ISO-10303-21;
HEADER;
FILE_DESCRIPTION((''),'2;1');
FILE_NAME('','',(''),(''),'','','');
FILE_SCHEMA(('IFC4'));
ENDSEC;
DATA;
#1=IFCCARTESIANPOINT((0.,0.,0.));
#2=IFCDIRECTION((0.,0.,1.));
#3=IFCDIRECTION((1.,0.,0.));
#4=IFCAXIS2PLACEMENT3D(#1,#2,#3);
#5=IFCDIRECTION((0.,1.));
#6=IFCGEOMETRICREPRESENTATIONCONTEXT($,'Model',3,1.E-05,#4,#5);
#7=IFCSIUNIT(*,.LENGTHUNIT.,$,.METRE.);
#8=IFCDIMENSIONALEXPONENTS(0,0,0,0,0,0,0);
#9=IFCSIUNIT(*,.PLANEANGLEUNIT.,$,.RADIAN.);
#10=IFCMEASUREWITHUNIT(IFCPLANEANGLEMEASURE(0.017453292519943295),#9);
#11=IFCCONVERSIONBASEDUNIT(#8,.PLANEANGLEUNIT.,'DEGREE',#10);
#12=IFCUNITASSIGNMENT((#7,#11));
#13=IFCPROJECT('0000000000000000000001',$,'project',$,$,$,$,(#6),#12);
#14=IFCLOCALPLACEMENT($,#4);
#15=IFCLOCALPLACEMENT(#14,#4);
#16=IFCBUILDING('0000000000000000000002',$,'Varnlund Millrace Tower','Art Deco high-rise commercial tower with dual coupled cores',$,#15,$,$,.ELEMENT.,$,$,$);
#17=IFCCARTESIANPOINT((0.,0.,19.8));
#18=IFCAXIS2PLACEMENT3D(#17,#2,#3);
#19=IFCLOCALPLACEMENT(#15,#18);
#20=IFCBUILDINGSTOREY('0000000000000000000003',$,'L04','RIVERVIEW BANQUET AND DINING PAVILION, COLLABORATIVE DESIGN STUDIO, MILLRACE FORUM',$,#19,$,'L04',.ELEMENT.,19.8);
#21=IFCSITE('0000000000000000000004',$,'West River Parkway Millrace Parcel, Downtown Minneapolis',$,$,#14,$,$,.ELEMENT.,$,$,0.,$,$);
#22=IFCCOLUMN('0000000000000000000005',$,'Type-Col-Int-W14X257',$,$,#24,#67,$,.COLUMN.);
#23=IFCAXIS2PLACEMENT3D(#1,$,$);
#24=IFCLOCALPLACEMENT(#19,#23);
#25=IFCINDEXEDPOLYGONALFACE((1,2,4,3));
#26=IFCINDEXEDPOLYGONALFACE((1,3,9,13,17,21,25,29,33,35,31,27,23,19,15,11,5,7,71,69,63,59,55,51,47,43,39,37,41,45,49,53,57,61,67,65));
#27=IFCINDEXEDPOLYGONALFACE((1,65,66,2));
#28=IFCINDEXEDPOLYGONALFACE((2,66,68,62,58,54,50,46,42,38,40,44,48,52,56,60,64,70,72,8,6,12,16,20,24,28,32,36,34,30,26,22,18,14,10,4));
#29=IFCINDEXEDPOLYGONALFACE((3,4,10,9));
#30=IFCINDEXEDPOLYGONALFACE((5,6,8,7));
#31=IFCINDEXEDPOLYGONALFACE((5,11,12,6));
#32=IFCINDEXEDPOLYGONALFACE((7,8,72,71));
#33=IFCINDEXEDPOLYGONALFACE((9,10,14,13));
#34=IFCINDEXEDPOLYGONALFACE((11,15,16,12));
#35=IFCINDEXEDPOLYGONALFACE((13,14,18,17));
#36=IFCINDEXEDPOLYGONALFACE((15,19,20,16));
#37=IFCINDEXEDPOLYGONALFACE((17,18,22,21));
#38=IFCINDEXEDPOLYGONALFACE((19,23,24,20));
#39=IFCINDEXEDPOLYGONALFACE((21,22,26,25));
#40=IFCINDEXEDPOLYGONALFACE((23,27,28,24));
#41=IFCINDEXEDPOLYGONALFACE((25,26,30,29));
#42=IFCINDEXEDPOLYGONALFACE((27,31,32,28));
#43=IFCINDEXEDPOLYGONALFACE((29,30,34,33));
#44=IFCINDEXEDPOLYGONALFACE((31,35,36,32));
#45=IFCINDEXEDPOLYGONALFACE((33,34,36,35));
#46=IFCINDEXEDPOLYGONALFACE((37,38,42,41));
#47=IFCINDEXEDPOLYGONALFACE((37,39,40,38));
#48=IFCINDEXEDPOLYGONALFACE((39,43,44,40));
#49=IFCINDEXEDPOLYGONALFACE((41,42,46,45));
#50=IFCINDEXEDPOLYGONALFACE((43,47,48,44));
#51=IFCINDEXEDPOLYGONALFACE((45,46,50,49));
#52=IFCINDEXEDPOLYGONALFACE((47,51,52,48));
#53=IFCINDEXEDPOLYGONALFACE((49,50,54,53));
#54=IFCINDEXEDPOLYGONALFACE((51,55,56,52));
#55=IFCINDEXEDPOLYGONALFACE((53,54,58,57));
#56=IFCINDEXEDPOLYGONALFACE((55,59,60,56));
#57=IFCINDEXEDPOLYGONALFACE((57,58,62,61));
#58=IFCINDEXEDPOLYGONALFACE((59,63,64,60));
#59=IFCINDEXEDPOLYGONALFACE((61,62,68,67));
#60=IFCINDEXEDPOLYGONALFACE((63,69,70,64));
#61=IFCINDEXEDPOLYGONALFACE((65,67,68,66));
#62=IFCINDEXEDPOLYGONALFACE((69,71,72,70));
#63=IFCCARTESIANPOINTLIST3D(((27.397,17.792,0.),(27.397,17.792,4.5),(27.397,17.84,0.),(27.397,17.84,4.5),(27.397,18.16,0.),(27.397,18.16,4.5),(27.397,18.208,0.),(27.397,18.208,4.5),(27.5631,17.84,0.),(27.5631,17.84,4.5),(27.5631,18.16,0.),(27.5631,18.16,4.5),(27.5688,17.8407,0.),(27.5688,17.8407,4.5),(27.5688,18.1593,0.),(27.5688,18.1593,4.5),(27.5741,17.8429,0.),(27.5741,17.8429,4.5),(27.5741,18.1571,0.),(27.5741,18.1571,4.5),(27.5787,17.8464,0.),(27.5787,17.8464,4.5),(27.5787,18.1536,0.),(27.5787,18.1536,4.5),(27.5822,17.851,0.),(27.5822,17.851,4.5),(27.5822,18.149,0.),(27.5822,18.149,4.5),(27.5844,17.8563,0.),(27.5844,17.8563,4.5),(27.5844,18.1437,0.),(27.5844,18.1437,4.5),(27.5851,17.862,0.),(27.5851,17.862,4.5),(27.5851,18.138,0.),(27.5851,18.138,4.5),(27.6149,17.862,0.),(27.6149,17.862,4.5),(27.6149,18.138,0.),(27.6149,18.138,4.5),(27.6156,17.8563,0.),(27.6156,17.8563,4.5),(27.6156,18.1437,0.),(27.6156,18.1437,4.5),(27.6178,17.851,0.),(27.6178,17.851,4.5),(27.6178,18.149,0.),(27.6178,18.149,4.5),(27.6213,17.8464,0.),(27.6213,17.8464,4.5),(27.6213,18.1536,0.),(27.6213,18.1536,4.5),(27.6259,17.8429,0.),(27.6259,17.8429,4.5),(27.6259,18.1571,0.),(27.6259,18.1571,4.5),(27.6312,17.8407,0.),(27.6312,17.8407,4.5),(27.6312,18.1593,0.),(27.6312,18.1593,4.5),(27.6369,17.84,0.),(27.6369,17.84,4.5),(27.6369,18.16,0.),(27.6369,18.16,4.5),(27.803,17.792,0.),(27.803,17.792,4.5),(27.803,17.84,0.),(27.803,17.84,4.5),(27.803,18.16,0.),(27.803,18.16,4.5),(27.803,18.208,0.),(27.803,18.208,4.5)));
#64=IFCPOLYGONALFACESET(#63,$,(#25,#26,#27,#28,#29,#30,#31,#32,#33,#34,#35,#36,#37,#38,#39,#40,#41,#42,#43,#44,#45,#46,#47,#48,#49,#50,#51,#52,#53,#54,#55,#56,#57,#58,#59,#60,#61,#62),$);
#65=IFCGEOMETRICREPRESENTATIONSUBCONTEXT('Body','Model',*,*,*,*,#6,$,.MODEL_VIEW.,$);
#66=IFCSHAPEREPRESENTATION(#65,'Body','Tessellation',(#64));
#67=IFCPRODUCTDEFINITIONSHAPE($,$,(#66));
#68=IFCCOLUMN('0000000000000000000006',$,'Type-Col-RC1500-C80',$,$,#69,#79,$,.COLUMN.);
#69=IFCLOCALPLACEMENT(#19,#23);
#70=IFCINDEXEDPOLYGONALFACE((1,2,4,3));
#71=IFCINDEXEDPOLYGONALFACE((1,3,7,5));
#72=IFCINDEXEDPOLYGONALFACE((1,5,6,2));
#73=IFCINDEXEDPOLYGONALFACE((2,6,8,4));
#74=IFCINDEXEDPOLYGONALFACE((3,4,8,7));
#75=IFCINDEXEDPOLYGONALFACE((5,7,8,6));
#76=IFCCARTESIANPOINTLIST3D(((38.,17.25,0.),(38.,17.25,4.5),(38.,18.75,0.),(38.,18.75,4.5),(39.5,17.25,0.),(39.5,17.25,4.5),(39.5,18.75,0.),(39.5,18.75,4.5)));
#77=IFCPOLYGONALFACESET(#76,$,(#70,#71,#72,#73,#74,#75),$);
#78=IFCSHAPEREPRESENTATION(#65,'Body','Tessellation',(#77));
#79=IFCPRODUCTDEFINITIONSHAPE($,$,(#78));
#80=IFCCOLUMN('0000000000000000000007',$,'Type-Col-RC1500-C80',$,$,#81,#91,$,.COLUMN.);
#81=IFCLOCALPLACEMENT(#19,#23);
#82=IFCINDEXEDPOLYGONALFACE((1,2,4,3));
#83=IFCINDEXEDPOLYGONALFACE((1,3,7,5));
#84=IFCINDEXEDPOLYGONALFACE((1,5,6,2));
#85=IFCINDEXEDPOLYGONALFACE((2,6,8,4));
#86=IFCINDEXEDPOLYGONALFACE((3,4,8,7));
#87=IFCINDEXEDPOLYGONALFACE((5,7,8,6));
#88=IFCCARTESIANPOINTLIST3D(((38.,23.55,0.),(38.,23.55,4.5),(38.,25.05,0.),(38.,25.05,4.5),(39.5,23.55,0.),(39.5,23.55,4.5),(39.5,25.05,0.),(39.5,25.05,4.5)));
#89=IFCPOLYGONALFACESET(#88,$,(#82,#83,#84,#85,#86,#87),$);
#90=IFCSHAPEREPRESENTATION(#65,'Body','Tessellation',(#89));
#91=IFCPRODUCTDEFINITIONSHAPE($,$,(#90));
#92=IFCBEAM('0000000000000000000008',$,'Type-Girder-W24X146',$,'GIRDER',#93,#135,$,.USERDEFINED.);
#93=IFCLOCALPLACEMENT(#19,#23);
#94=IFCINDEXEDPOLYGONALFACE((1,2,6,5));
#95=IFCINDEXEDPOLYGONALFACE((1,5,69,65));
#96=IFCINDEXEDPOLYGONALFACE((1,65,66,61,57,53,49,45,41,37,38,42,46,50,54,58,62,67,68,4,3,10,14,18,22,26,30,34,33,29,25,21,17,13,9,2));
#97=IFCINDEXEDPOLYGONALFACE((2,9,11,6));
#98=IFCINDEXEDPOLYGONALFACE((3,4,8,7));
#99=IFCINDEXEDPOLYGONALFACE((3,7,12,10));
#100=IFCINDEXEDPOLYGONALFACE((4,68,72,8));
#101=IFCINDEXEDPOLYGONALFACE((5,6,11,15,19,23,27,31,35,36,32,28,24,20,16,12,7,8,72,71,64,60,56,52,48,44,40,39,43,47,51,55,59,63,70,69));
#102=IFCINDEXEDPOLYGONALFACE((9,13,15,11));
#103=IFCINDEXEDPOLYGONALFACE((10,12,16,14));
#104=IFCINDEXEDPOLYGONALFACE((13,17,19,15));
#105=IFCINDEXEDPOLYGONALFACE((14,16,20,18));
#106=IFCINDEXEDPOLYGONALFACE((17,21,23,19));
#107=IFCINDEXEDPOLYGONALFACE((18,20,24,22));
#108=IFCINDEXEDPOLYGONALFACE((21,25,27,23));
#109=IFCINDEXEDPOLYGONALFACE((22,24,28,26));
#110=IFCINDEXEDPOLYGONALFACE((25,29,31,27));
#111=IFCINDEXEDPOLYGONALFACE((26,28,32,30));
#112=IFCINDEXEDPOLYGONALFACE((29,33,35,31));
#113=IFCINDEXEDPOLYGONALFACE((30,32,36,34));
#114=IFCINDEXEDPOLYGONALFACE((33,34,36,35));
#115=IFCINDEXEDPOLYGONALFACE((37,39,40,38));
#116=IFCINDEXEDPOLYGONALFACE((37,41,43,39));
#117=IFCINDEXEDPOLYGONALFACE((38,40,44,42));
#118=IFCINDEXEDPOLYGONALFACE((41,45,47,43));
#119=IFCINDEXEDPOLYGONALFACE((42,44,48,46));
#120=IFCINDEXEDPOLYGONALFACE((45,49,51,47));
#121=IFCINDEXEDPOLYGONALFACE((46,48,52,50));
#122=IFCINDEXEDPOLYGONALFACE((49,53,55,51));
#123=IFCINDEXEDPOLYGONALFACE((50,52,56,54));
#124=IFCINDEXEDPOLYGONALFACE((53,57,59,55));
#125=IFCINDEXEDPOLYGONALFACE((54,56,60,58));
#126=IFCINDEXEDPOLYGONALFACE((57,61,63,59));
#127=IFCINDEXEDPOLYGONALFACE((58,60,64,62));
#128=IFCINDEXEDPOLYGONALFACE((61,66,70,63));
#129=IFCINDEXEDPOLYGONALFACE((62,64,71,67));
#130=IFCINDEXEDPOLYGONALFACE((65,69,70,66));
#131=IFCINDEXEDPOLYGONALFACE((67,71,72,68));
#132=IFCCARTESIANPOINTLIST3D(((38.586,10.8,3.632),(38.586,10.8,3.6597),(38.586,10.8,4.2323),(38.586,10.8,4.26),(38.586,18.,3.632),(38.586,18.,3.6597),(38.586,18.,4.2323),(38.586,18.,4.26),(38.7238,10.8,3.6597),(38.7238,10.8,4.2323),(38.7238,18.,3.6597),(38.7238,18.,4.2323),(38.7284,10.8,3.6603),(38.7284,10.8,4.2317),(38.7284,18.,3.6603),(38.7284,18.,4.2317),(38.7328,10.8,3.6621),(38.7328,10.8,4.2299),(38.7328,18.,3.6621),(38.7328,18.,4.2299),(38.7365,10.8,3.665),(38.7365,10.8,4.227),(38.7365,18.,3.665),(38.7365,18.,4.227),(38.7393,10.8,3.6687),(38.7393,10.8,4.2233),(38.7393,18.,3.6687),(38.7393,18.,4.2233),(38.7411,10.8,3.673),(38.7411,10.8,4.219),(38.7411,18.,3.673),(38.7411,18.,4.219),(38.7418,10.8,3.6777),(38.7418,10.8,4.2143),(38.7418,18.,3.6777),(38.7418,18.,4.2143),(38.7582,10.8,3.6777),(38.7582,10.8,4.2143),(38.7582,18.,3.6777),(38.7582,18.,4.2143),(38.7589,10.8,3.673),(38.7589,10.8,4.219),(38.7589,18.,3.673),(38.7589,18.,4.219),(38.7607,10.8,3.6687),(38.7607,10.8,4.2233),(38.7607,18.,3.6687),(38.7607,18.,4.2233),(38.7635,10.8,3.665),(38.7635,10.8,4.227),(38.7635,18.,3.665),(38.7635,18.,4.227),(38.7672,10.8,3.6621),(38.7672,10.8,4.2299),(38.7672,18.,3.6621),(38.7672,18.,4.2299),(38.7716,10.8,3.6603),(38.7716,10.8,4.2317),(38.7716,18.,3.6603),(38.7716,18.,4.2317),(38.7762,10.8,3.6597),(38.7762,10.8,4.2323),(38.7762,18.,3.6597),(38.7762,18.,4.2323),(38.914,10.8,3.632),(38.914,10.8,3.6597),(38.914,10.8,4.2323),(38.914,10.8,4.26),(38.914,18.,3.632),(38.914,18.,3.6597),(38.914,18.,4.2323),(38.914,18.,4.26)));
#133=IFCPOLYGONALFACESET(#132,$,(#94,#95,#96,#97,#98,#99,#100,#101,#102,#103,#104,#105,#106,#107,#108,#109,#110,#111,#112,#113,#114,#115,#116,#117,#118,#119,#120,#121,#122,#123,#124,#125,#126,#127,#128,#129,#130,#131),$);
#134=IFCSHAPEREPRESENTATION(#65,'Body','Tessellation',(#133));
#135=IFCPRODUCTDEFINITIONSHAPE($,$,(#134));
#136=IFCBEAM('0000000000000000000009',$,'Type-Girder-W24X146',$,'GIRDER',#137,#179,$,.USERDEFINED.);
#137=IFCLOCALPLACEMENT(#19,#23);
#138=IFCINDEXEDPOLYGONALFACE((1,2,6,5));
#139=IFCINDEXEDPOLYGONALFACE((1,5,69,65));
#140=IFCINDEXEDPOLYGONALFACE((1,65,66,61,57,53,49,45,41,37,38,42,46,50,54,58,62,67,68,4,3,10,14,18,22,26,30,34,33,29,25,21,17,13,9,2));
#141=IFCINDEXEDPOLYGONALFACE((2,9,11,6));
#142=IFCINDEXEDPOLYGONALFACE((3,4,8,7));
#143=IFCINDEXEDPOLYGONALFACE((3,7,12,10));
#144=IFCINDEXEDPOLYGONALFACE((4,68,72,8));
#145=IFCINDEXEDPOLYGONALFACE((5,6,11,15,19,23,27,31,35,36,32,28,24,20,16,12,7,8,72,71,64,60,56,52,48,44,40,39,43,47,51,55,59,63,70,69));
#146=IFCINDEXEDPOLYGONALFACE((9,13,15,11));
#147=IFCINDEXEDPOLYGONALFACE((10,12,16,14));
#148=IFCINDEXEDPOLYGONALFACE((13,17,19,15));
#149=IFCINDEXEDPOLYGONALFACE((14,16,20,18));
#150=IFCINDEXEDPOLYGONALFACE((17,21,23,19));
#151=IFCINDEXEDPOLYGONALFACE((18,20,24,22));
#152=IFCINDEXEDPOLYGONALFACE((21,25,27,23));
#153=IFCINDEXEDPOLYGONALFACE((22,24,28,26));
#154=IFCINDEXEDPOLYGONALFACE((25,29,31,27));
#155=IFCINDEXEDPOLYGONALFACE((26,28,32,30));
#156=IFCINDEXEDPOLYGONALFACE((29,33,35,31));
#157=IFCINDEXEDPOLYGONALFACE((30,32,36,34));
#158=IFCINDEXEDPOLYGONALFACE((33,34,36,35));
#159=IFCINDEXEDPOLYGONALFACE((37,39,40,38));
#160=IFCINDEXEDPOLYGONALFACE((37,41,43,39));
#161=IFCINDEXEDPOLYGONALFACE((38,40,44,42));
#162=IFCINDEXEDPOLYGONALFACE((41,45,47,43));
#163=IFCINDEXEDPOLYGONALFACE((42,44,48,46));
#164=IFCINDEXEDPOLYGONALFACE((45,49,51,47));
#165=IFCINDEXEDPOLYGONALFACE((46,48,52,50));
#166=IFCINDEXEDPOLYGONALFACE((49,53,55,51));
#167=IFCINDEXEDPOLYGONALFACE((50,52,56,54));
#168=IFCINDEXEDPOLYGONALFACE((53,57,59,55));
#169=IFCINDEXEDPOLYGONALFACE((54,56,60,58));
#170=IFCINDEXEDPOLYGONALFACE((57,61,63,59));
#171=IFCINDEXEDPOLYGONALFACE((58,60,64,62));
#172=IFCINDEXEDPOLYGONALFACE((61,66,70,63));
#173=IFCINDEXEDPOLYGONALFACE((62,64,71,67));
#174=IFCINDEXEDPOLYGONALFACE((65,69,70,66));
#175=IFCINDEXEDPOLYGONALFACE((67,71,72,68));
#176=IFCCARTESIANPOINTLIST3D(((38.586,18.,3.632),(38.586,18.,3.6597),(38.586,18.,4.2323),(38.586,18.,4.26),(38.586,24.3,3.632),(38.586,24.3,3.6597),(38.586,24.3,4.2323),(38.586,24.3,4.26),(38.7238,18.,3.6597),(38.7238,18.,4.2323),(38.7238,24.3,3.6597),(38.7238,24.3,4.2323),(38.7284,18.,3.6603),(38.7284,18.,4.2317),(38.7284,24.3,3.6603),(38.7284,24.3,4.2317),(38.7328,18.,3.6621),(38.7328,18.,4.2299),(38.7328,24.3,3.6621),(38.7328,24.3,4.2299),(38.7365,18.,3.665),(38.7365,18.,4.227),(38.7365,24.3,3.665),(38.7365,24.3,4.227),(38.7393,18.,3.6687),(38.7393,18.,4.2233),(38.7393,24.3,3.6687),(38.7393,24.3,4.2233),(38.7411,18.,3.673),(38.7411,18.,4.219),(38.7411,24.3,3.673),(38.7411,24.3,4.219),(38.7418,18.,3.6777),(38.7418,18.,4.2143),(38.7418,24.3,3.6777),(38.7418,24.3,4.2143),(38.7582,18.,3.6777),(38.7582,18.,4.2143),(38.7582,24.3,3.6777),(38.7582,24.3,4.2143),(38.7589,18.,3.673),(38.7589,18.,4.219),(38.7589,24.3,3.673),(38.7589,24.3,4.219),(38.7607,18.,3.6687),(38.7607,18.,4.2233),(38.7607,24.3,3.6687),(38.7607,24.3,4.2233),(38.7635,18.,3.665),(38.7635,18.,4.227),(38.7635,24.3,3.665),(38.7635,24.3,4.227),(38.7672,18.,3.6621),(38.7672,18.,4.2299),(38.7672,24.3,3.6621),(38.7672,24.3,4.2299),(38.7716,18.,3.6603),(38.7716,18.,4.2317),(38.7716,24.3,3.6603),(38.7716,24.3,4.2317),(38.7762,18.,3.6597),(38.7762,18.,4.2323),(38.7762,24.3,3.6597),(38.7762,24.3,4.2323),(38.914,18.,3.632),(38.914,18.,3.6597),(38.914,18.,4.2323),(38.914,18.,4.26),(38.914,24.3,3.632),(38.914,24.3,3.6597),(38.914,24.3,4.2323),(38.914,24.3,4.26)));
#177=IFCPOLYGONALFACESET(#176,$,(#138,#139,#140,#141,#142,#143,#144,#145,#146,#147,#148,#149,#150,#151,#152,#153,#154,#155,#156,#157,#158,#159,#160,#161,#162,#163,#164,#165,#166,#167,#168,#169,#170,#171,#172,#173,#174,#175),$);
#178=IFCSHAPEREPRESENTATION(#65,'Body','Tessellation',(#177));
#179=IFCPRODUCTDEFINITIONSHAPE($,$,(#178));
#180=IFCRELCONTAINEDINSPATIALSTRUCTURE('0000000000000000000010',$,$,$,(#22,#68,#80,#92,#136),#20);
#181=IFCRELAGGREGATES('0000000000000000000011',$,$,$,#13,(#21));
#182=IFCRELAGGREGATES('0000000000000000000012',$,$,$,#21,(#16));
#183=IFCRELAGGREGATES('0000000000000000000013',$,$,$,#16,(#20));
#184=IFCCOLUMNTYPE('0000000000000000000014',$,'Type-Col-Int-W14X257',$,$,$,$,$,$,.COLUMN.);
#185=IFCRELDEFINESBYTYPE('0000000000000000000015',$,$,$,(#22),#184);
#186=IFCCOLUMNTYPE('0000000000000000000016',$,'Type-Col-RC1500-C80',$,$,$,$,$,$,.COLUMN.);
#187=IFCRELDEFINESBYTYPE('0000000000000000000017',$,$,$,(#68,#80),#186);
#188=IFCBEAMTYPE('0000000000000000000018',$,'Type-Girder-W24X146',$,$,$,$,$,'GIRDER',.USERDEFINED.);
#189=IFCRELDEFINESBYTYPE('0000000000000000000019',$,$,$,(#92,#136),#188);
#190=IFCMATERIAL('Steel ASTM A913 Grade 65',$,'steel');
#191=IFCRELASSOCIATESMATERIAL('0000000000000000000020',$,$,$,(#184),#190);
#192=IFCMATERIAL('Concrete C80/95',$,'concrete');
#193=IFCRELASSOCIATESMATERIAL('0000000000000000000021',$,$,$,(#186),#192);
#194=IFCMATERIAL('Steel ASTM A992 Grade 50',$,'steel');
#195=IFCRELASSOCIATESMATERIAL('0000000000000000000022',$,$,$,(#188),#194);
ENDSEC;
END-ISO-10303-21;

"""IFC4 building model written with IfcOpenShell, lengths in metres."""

from ifc_helpers import new_model, entity, si_unit, converted_unit, direction, frame, origin_with_axes, origin_2d_with_axis, place, context, subcontext, project, spatial, rectangle, i_section, extrude, material, material_profile, profile_set, type_object, element, save


model = new_model("IFC4")

# Units and contexts
model_context = context("Model", 3, precision=1e-05, world=origin_with_axes(), true_north=direction((0.0, 1.0)))
body_context = subcontext(model_context, "Body", "Model", "MODEL_VIEW")
ifc_project = project(units=[si_unit("LENGTHUNIT", "METRE"), converted_unit("PLANEANGLEUNIT", "DEGREE", entity("IfcPlaneAngleMeasure", 0.017453292519943295), si_unit("PLANEANGLEUNIT", "RADIAN"), dimensions=[0, 0, 0, 0, 0, 0, 0])], contexts=[model_context])

# Site, building, storey
site_placement = place(None, origin_with_axes())
site = spatial("IfcSite", under=ifc_project, at=site_placement, Name="West River Parkway Millrace Parcel, Downtown Minneapolis", CompositionType="ELEMENT", RefElevation=0.0)
building_placement = place(site_placement, origin_with_axes())
building = spatial("IfcBuilding", under=site, at=building_placement, Name="Varnlund Millrace Tower", Description="Art Deco high-rise commercial tower with dual coupled cores", CompositionType="ELEMENT")
storey_placement = place(building_placement, frame((0.0, 0.0, 19.8), z_axis=(0.0, 0.0, 1.0), x_axis=(1.0, 0.0, 0.0)))
storey = spatial("IfcBuildingStorey", under=building, at=storey_placement, Name="L04", Description="RIVERVIEW BANQUET AND DINING PAVILION, COLLABORATIVE DESIGN STUDIO, MILLRACE FORUM", LongName="L04", CompositionType="ELEMENT", Elevation=19.8)

# Columns
ifc_material_1 = material(Name="Steel ASTM A913 Grade 65", Category="steel")
ifc_material_profile_1 = material_profile(ifc_material_1, i_section(OverallWidth=0.406, OverallDepth=0.416, WebThickness=0.0298, FlangeThickness=0.048, FilletRadius=0.022, at=origin_2d_with_axis()), Name="Steel ASTM A913 Grade 65")
ifc_profile_set_1 = profile_set([ifc_material_profile_1], Name="Steel ASTM A913 Grade 65")
column_type_1 = type_object("IfcColumnType", Name="Type-Col-Int-W14X257", PredefinedType="COLUMN", material=ifc_profile_set_1)
column_placement = place(storey_placement, frame((27.6, 18.0, 0.0), z_axis=(0.0, 0.0, 1.0), x_axis=(1.0, 0.0, 0.0)))
element("IfcColumn", 1, at=column_placement, inside=storey, type_object=column_type_1, Name="Type-Col-Int-W14X257", PredefinedType="COLUMN", context=body_context, shape_type="SweptSolid", body=[
    extrude(i_section(OverallWidth=0.406, OverallDepth=0.416, WebThickness=0.0298, FlangeThickness=0.048, FilletRadius=0.022, at=origin_2d_with_axis()), origin_with_axes(), (0.0, 0.0, 1.0), 4.5),
])
ifc_material_2 = material(Name="Concrete C80/95", Category="concrete")
ifc_material_profile_2 = material_profile(ifc_material_2, rectangle(XDim=1.5, YDim=1.5, at=origin_2d_with_axis()), Name="Concrete C80/95")
ifc_profile_set_2 = profile_set([ifc_material_profile_2], Name="Concrete C80/95")
column_type_2 = type_object("IfcColumnType", Name="Type-Col-RC1500-C80", PredefinedType="COLUMN", material=ifc_profile_set_2)
for number, where, z_axis, x_axis, name in (
    (2, (38.75, 18.0, 0.0), (0.0, 0.0, 1.0), (1.0, 0.0, 0.0), "Type-Col-RC1500-C80"),
    (3, (38.75, 24.3, 0.0), (0.0, 0.0, 1.0), (1.0, 0.0, 0.0), "Type-Col-RC1500-C80"),
):
    element("IfcColumn", number, at=place(storey_placement, frame(where, z_axis=z_axis, x_axis=x_axis)), inside=storey, type_object=column_type_2, Name=name, PredefinedType="COLUMN", context=body_context, shape_type="SweptSolid", body=[
        extrude(rectangle(XDim=1.5, YDim=1.5, at=origin_2d_with_axis()), origin_with_axes(), (0.0, 0.0, 1.0), 4.5),
    ])

# Beams
ifc_material_3 = material(Name="Steel ASTM A992 Grade 50", Category="steel")
ifc_material_profile_3 = material_profile(ifc_material_3, i_section(OverallWidth=0.328, OverallDepth=0.628, WebThickness=0.0165, FlangeThickness=0.0277, FilletRadius=0.018, at=origin_2d_with_axis()), Name="Steel ASTM A992 Grade 50")
ifc_profile_set_3 = profile_set([ifc_material_profile_3], Name="Steel ASTM A992 Grade 50")
beam_type_1 = type_object("IfcBeamType", Name="Type-Girder-W24X146", ElementType="GIRDER", PredefinedType="USERDEFINED", material=ifc_profile_set_3)
beam_1_placement = place(storey_placement, frame((38.75, 10.8, 3.946), z_axis=(0.0, 1.0, 0.0), x_axis=(-1.0, 0.0, 0.0)))
element("IfcBeam", 4, at=beam_1_placement, inside=storey, type_object=beam_type_1, Name="Type-Girder-W24X146", ObjectType="GIRDER", PredefinedType="USERDEFINED", context=body_context, shape_type="SweptSolid", body=[
    extrude(i_section(OverallWidth=0.328, OverallDepth=0.628, WebThickness=0.0165, FlangeThickness=0.0277, FilletRadius=0.018, at=origin_2d_with_axis()), origin_with_axes(), (0.0, 0.0, 1.0), 7.2),
])
beam_2_placement = place(storey_placement, frame((38.75, 18.0, 3.946), z_axis=(0.0, 1.0, 0.0), x_axis=(-1.0, 0.0, 0.0)))
element("IfcBeam", 5, at=beam_2_placement, inside=storey, type_object=beam_type_1, Name="Type-Girder-W24X146", ObjectType="GIRDER", PredefinedType="USERDEFINED", context=body_context, shape_type="SweptSolid", body=[
    extrude(i_section(OverallWidth=0.328, OverallDepth=0.628, WebThickness=0.0165, FlangeThickness=0.0277, FilletRadius=0.018, at=origin_2d_with_axis()), origin_with_axes(), (0.0, 0.0, 1.0), 6.3),
])

save(model, "model.ifc")
